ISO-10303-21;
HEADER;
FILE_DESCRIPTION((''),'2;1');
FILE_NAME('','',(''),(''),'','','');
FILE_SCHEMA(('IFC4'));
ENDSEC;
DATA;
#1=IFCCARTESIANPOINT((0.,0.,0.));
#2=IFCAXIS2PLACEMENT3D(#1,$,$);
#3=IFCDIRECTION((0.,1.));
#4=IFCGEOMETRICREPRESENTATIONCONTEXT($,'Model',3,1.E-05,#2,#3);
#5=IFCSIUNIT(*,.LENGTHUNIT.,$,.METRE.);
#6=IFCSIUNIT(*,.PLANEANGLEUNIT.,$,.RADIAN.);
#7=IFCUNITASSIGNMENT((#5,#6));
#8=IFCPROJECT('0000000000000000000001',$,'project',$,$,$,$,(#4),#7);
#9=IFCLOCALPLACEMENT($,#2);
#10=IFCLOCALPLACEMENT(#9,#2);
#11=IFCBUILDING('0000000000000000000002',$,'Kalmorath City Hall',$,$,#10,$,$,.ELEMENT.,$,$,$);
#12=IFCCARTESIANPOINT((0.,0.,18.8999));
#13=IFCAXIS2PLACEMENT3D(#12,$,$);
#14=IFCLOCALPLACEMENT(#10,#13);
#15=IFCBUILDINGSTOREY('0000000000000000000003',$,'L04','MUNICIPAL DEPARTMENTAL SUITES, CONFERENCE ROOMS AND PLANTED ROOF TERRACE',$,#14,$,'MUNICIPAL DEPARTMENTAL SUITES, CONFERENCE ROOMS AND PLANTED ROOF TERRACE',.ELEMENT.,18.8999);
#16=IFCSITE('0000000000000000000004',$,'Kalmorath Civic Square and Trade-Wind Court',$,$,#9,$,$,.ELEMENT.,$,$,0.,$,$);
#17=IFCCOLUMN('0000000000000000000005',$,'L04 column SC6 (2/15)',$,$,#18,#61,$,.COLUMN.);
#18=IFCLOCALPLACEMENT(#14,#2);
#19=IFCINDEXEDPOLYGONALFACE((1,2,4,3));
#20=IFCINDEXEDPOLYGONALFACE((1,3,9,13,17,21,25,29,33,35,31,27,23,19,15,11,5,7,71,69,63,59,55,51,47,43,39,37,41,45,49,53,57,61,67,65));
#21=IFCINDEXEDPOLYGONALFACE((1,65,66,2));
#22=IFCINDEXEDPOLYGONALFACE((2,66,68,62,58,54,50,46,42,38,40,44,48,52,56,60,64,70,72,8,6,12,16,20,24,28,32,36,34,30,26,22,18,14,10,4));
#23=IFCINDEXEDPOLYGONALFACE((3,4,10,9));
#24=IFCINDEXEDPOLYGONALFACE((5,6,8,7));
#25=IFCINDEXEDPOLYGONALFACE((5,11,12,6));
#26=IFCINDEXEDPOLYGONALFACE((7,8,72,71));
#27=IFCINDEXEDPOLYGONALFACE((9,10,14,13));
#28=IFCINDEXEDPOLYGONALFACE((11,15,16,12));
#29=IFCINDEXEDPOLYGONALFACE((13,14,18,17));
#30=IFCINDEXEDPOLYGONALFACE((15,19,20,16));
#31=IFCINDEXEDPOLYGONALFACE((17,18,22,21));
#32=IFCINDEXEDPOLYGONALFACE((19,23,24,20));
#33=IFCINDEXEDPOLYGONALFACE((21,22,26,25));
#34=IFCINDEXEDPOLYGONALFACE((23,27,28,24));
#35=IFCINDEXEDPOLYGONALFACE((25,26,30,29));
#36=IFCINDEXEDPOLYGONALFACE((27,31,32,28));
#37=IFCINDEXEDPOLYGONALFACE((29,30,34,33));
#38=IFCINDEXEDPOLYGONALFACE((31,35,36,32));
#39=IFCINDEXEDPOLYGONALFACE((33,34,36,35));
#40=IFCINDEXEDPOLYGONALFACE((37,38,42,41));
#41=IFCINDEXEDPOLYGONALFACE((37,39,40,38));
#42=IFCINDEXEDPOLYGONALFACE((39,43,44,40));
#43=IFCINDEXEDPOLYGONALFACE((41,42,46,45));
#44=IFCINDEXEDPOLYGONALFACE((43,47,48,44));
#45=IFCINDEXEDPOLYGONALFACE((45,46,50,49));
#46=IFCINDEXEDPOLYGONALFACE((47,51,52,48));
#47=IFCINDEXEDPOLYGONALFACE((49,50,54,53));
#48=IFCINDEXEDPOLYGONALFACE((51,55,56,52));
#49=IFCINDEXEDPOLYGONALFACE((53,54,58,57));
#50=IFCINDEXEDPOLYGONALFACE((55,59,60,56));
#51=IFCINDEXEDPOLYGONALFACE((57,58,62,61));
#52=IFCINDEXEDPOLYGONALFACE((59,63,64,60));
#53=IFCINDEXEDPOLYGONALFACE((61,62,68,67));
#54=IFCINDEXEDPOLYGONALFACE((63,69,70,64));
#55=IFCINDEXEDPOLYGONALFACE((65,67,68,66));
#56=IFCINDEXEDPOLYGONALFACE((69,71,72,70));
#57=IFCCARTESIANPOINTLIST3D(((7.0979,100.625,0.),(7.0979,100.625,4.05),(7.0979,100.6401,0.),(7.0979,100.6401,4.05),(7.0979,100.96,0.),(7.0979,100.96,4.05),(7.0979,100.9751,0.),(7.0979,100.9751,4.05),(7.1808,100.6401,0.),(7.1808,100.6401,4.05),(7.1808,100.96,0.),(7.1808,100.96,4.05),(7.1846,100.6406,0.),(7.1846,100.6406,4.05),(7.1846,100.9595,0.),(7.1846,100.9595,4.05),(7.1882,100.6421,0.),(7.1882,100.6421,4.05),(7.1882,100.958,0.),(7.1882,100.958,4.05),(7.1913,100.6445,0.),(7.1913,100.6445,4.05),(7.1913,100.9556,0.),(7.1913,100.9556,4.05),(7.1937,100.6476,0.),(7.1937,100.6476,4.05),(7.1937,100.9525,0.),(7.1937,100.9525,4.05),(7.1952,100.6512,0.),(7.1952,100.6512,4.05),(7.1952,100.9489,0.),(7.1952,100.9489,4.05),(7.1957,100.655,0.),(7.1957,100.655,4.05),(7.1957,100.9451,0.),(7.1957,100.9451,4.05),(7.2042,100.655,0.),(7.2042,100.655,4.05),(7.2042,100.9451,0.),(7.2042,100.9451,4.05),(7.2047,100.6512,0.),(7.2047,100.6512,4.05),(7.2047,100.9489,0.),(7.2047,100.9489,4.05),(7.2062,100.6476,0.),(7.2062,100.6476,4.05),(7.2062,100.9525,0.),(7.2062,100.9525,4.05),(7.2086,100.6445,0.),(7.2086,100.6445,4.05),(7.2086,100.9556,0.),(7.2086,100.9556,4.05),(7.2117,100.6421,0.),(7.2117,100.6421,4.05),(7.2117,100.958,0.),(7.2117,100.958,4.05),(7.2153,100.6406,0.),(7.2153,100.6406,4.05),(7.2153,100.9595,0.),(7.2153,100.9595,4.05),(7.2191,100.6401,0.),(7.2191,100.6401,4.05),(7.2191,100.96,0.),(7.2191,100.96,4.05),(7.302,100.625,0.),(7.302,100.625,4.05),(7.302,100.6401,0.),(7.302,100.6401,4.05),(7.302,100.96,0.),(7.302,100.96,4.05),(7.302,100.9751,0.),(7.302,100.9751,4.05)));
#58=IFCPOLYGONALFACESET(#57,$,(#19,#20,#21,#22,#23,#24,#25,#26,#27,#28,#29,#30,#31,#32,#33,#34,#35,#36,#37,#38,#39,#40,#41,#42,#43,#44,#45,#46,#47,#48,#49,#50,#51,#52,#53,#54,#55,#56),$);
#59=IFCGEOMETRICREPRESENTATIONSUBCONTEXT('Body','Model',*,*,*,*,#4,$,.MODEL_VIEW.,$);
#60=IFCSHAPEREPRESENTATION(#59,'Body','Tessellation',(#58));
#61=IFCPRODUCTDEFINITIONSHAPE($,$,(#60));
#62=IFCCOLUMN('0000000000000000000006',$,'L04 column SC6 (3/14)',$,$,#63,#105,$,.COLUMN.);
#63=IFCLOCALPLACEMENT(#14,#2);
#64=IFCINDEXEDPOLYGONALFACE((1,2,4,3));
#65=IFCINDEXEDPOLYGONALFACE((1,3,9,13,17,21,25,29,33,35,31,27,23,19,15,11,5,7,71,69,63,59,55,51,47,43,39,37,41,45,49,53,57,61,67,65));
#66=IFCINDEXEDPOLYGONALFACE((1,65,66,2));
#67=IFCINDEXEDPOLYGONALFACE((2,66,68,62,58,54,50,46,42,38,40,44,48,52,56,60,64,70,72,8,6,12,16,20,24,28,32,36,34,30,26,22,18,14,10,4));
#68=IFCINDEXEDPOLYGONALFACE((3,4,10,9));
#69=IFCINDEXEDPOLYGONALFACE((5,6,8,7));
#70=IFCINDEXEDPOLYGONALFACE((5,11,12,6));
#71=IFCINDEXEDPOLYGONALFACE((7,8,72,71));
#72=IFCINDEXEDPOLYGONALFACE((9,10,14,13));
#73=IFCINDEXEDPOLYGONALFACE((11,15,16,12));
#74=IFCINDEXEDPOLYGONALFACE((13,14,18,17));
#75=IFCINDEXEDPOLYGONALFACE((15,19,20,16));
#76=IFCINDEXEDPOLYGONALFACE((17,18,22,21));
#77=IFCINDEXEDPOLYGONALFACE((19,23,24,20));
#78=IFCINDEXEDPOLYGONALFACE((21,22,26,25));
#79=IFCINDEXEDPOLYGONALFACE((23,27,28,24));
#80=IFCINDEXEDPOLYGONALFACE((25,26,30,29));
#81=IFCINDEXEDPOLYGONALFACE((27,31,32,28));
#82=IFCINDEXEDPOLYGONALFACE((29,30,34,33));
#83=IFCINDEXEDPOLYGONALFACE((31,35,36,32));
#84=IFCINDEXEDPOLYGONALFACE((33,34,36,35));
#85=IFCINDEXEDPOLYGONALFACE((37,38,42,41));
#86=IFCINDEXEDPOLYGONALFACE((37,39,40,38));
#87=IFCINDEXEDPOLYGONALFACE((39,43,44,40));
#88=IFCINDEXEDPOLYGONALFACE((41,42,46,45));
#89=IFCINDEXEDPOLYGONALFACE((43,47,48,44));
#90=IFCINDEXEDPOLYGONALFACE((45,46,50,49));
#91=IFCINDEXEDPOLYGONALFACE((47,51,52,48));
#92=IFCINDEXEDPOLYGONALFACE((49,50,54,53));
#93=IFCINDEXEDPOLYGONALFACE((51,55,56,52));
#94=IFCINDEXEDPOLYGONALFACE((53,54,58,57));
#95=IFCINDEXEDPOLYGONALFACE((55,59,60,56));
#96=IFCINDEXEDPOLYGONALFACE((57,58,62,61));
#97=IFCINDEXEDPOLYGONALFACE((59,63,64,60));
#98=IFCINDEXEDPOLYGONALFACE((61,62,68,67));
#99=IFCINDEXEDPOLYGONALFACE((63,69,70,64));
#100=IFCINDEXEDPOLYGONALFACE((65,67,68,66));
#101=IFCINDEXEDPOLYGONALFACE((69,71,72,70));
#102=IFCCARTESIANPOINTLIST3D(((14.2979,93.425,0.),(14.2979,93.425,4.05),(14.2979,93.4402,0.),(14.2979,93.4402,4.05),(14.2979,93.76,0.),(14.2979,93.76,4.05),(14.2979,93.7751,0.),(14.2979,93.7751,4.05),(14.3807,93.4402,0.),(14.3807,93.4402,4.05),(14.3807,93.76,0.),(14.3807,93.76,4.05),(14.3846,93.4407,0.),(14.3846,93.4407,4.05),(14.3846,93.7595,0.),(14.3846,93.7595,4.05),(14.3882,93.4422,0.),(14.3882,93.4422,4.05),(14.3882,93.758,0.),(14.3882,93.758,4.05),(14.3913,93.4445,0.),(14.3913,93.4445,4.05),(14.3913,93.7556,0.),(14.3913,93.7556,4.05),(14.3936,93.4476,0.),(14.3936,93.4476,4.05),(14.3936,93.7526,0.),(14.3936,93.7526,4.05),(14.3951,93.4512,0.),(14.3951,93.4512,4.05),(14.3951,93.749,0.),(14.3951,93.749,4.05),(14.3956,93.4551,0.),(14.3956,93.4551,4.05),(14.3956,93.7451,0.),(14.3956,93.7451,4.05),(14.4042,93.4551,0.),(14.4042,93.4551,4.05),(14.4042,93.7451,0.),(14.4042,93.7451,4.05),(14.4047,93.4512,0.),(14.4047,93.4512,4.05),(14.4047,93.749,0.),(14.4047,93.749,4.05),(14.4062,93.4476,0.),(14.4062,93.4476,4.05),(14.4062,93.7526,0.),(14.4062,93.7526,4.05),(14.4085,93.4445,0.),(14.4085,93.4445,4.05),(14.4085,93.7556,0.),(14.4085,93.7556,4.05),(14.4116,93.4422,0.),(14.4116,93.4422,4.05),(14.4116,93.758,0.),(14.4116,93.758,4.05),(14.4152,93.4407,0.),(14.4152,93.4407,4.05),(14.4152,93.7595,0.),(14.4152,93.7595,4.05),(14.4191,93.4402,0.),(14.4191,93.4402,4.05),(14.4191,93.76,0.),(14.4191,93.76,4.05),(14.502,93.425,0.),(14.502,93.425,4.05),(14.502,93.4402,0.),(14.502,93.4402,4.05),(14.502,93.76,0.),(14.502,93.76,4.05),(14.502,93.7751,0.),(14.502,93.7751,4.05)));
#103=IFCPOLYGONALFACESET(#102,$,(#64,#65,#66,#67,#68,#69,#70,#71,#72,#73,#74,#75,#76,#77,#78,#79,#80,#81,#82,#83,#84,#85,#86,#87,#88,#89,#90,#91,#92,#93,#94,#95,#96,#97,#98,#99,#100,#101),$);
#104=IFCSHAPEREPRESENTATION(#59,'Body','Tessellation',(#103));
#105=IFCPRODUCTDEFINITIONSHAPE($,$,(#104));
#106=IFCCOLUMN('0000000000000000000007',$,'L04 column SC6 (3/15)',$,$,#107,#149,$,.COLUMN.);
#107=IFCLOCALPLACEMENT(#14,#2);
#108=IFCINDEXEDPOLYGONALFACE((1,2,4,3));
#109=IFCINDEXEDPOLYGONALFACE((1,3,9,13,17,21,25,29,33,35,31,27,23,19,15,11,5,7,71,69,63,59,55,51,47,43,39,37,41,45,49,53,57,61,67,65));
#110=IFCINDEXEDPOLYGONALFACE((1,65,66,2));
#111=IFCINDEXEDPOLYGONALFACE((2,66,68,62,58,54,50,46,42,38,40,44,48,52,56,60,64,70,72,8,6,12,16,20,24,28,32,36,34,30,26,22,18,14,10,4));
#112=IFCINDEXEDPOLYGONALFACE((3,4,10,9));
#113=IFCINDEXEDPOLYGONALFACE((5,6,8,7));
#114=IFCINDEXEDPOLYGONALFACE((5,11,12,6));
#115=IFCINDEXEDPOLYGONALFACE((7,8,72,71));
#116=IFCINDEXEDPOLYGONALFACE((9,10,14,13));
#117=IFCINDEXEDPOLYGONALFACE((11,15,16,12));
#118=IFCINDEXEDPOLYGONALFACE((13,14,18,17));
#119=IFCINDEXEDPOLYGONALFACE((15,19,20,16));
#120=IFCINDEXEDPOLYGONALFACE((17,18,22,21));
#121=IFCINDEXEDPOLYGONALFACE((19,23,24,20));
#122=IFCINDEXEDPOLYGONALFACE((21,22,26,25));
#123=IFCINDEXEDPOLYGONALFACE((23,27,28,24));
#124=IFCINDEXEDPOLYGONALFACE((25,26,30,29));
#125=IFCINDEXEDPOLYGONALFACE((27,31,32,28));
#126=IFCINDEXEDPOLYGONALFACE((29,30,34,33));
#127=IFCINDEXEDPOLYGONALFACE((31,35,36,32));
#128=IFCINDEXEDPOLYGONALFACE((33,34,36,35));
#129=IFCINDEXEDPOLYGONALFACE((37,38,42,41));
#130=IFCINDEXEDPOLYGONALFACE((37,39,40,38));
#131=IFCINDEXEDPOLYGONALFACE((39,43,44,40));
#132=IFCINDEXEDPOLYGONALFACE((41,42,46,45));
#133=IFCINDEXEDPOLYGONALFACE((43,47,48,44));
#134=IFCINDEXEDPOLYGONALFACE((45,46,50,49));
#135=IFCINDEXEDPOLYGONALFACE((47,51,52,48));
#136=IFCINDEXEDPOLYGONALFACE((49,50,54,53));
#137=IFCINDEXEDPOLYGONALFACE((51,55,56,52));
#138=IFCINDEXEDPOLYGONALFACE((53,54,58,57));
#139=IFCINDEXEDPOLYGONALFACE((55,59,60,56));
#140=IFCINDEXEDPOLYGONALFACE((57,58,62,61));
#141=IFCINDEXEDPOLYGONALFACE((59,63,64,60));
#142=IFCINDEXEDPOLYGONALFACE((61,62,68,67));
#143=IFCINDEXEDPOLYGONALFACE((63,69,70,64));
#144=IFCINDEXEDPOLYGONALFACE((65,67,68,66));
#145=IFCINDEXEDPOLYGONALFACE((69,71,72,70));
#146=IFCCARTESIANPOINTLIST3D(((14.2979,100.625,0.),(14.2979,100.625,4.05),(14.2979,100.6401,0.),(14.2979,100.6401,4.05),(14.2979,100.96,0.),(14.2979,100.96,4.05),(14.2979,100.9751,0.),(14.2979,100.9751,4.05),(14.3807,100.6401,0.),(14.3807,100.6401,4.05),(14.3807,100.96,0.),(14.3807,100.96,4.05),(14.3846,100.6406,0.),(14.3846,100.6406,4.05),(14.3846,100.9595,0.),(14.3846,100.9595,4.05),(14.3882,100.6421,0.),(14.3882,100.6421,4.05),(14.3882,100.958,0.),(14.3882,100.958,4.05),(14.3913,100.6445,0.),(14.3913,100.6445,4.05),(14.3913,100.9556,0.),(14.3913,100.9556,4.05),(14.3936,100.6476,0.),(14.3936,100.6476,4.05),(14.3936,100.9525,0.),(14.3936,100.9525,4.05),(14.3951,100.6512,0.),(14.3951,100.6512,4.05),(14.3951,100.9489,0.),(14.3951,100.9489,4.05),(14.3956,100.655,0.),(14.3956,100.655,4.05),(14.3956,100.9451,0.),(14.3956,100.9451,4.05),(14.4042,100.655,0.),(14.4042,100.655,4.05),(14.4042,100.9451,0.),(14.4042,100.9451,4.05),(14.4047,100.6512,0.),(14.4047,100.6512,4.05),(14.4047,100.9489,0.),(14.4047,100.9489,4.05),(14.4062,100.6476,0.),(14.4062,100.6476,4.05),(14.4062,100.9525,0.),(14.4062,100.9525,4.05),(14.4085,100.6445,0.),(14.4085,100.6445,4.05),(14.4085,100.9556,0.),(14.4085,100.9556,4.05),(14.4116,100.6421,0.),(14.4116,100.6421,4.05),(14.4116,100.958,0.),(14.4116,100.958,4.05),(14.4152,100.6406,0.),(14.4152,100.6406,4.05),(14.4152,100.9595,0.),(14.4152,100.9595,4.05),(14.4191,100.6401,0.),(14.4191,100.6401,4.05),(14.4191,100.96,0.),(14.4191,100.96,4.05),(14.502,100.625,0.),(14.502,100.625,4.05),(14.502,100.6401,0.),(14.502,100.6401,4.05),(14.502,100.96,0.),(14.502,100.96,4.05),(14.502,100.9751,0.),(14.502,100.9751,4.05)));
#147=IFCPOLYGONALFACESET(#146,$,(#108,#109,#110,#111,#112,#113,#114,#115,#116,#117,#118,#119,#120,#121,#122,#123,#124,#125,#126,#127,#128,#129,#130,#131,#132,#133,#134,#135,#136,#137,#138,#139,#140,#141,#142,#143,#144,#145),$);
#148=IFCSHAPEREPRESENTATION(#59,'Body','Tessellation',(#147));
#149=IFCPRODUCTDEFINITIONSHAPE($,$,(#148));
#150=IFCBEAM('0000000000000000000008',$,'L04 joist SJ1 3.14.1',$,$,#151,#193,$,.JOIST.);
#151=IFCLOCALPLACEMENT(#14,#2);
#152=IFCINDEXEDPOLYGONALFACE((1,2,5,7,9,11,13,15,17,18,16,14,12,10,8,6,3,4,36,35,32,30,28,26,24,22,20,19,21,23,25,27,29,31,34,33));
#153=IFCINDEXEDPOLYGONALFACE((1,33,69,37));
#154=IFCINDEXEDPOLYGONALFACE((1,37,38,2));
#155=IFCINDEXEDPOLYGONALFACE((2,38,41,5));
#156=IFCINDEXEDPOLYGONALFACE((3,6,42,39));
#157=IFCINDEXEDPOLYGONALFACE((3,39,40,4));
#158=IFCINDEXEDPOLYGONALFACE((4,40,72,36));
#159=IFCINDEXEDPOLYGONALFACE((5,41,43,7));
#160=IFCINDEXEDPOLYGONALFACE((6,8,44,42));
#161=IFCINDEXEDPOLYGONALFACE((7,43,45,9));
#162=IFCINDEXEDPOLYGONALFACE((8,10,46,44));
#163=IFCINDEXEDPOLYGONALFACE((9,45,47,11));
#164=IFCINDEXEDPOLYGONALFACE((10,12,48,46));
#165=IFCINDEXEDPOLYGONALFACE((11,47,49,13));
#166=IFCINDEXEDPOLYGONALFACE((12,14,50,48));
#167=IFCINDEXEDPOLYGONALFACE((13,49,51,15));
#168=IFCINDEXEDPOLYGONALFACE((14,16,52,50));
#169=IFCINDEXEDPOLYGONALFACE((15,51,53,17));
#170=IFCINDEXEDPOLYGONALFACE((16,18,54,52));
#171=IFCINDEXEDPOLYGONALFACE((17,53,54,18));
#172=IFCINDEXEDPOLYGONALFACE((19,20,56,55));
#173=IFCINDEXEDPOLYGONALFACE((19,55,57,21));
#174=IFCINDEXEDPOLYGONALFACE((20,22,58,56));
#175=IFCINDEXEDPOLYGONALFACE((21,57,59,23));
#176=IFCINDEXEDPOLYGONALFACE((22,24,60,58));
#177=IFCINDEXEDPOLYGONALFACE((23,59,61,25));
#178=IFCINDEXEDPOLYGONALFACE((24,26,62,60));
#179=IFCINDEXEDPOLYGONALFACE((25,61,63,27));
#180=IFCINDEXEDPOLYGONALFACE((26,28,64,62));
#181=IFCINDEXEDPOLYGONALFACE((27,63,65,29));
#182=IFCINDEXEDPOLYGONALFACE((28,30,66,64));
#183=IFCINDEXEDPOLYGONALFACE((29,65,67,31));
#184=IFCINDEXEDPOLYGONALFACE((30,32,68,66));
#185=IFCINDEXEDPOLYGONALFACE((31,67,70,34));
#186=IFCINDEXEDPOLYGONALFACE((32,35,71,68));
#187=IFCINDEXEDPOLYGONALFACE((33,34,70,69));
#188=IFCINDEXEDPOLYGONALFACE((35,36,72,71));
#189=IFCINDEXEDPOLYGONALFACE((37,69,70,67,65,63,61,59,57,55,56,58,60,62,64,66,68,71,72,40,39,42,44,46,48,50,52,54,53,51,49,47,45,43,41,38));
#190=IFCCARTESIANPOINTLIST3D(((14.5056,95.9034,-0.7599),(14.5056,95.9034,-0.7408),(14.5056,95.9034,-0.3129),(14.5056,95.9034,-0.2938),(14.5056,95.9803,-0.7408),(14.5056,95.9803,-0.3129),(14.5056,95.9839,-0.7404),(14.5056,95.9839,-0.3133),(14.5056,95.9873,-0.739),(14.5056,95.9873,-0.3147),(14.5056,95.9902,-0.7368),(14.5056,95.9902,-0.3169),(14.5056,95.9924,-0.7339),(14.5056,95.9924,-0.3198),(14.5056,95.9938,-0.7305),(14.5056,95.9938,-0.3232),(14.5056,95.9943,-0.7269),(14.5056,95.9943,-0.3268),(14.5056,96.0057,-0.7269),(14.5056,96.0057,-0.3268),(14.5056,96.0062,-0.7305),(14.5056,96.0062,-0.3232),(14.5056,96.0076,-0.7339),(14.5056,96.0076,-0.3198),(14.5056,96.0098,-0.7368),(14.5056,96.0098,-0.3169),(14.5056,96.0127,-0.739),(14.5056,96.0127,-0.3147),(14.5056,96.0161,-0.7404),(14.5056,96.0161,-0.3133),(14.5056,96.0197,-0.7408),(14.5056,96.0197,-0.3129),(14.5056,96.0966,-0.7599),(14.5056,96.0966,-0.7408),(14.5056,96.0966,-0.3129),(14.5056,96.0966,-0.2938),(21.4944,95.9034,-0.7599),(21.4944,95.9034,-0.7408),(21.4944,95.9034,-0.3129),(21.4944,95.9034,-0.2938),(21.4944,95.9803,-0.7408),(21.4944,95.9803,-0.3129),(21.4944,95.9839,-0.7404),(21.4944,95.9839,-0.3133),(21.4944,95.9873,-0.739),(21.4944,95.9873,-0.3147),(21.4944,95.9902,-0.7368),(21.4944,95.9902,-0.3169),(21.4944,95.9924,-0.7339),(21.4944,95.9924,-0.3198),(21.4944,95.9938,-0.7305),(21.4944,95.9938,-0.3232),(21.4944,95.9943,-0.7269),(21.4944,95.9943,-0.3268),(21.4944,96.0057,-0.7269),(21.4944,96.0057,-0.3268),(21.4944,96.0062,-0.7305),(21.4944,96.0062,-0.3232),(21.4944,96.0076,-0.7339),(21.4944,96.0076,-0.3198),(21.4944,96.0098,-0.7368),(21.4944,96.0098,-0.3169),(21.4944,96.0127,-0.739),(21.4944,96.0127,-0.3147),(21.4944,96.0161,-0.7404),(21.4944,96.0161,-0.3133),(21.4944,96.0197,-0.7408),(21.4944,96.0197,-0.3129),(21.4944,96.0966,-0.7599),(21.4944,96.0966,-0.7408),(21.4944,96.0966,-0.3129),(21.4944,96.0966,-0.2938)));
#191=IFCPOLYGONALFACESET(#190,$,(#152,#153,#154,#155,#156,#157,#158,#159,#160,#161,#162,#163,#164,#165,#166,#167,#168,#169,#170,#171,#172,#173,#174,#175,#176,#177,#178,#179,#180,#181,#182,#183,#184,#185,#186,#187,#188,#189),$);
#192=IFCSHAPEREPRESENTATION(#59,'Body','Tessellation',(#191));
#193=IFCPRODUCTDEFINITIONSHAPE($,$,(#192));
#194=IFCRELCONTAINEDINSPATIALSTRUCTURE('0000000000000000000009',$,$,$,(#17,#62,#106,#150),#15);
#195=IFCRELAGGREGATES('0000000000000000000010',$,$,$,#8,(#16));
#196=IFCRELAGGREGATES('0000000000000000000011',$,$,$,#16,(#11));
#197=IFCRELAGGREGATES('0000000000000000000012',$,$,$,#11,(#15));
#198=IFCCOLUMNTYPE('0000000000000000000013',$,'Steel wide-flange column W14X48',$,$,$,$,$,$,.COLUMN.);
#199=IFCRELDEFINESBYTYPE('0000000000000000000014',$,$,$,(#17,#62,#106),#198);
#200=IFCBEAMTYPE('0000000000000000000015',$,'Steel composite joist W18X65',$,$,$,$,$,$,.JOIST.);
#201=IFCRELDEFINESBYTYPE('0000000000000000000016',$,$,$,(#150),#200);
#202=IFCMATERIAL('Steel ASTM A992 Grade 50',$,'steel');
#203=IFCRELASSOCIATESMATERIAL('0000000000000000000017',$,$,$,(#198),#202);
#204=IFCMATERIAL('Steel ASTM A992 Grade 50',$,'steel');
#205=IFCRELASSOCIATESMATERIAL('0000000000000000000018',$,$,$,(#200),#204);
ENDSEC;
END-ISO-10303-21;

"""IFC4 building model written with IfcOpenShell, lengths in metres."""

from ifc_helpers import new_model, si_unit, direction, frame, origin, origin_2d, place, context, subcontext, project, spatial, i_section, extrude, material, material_profile, profile_set, type_object, element, save


model = new_model("IFC4")

# Units and contexts
model_context = context("Model", 3, precision=1e-05, world=origin(), true_north=direction((0.0, 1.0)))
body_context = subcontext(model_context, "Body", "Model", "MODEL_VIEW")
ifc_project = project(units=[si_unit("LENGTHUNIT", "METRE"), si_unit("PLANEANGLEUNIT", "RADIAN")], contexts=[model_context])

# Site, building, storey
site_placement = place(None, origin())
site = spatial("IfcSite", under=ifc_project, at=site_placement, Name="Kalmorath Civic Square and Trade-Wind Court", CompositionType="ELEMENT", RefElevation=0.0)
building_placement = place(site_placement, origin())
building = spatial("IfcBuilding", under=site, at=building_placement, Name="Kalmorath City Hall", CompositionType="ELEMENT")
storey_placement = place(building_placement, frame((0.0, 0.0, 18.8999)))
storey = spatial("IfcBuildingStorey", under=building, at=storey_placement, Name="L04", Description="MUNICIPAL DEPARTMENTAL SUITES, CONFERENCE ROOMS AND PLANTED ROOF TERRACE", LongName="MUNICIPAL DEPARTMENTAL SUITES, CONFERENCE ROOMS AND PLANTED ROOF TERRACE", CompositionType="ELEMENT", Elevation=18.8999)

# Columns
ifc_material_1 = material(Name="Steel ASTM A992 Grade 50", Category="steel")
ifc_material_profile_1 = material_profile(ifc_material_1, i_section(OverallWidth=0.2041, OverallDepth=0.3501, WebThickness=0.0085, FlangeThickness=0.0151, FilletRadius=0.0149, at=origin_2d()), Name="W14X48")
ifc_profile_set_1 = profile_set([ifc_material_profile_1], Name="Steel ASTM A992 Grade 50")
column_type = type_object("IfcColumnType", Name="Steel wide-flange column W14X48", PredefinedType="COLUMN", material=ifc_profile_set_1)
for number, where, z_axis, x_axis, name in (
    (1, (7.2, 100.8, 0.0), (0.0, 0.0, 1.0), (1.0, 0.0, 0.0), "L04 column SC6 (2/15)"),
    (2, (14.3999, 93.6001, 0.0), (0.0, 0.0, 1.0), (1.0, 0.0, 0.0), "L04 column SC6 (3/14)"),
    (3, (14.3999, 100.8, 0.0), (0.0, 0.0, 1.0), (1.0, 0.0, 0.0), "L04 column SC6 (3/15)"),
):
    element("IfcColumn", number, at=place(storey_placement, frame(where, z_axis=z_axis, x_axis=x_axis)), inside=storey, type_object=column_type, Name=name, PredefinedType="COLUMN", context=body_context, shape_type="SweptSolid", body=[
        extrude(i_section(OverallWidth=0.2041, OverallDepth=0.3501, WebThickness=0.0085, FlangeThickness=0.0151, FilletRadius=0.0149, at=origin_2d()), origin(), (0.0, 0.0, 1.0), 4.05),
    ])

# Beam
ifc_material_2 = material(Name="Steel ASTM A992 Grade 50", Category="steel")
ifc_material_profile_2 = material_profile(ifc_material_2, i_section(OverallWidth=0.1931, OverallDepth=0.4661, WebThickness=0.0115, FlangeThickness=0.019, FilletRadius=0.0139, at=origin_2d()), Name="W18X65")
ifc_profile_set_2 = profile_set([ifc_material_profile_2], Name="Steel ASTM A992 Grade 50")
beam_type_1 = type_object("IfcBeamType", Name="Steel composite joist W18X65", PredefinedType="JOIST", material=ifc_profile_set_2)
for number, where, z_axis, x_axis, name in (
    (4, (14.5056, 96.0, -0.5269), (1.0, 0.0, 0.0), (0.0, 1.0, 0.0), "L04 joist SJ1 3.14.1"),
):
    element("IfcBeam", number, at=place(storey_placement, frame(where, z_axis=z_axis, x_axis=x_axis)), inside=storey, type_object=beam_type_1, Name=name, PredefinedType="JOIST", context=body_context, shape_type="SweptSolid", body=[
        extrude(i_section(OverallWidth=0.1931, OverallDepth=0.4661, WebThickness=0.0115, FlangeThickness=0.019, FilletRadius=0.0139, at=origin_2d()), origin(), (0.0, 0.0, 1.0), 6.9888),
    ])

save(model, "model.ifc")
